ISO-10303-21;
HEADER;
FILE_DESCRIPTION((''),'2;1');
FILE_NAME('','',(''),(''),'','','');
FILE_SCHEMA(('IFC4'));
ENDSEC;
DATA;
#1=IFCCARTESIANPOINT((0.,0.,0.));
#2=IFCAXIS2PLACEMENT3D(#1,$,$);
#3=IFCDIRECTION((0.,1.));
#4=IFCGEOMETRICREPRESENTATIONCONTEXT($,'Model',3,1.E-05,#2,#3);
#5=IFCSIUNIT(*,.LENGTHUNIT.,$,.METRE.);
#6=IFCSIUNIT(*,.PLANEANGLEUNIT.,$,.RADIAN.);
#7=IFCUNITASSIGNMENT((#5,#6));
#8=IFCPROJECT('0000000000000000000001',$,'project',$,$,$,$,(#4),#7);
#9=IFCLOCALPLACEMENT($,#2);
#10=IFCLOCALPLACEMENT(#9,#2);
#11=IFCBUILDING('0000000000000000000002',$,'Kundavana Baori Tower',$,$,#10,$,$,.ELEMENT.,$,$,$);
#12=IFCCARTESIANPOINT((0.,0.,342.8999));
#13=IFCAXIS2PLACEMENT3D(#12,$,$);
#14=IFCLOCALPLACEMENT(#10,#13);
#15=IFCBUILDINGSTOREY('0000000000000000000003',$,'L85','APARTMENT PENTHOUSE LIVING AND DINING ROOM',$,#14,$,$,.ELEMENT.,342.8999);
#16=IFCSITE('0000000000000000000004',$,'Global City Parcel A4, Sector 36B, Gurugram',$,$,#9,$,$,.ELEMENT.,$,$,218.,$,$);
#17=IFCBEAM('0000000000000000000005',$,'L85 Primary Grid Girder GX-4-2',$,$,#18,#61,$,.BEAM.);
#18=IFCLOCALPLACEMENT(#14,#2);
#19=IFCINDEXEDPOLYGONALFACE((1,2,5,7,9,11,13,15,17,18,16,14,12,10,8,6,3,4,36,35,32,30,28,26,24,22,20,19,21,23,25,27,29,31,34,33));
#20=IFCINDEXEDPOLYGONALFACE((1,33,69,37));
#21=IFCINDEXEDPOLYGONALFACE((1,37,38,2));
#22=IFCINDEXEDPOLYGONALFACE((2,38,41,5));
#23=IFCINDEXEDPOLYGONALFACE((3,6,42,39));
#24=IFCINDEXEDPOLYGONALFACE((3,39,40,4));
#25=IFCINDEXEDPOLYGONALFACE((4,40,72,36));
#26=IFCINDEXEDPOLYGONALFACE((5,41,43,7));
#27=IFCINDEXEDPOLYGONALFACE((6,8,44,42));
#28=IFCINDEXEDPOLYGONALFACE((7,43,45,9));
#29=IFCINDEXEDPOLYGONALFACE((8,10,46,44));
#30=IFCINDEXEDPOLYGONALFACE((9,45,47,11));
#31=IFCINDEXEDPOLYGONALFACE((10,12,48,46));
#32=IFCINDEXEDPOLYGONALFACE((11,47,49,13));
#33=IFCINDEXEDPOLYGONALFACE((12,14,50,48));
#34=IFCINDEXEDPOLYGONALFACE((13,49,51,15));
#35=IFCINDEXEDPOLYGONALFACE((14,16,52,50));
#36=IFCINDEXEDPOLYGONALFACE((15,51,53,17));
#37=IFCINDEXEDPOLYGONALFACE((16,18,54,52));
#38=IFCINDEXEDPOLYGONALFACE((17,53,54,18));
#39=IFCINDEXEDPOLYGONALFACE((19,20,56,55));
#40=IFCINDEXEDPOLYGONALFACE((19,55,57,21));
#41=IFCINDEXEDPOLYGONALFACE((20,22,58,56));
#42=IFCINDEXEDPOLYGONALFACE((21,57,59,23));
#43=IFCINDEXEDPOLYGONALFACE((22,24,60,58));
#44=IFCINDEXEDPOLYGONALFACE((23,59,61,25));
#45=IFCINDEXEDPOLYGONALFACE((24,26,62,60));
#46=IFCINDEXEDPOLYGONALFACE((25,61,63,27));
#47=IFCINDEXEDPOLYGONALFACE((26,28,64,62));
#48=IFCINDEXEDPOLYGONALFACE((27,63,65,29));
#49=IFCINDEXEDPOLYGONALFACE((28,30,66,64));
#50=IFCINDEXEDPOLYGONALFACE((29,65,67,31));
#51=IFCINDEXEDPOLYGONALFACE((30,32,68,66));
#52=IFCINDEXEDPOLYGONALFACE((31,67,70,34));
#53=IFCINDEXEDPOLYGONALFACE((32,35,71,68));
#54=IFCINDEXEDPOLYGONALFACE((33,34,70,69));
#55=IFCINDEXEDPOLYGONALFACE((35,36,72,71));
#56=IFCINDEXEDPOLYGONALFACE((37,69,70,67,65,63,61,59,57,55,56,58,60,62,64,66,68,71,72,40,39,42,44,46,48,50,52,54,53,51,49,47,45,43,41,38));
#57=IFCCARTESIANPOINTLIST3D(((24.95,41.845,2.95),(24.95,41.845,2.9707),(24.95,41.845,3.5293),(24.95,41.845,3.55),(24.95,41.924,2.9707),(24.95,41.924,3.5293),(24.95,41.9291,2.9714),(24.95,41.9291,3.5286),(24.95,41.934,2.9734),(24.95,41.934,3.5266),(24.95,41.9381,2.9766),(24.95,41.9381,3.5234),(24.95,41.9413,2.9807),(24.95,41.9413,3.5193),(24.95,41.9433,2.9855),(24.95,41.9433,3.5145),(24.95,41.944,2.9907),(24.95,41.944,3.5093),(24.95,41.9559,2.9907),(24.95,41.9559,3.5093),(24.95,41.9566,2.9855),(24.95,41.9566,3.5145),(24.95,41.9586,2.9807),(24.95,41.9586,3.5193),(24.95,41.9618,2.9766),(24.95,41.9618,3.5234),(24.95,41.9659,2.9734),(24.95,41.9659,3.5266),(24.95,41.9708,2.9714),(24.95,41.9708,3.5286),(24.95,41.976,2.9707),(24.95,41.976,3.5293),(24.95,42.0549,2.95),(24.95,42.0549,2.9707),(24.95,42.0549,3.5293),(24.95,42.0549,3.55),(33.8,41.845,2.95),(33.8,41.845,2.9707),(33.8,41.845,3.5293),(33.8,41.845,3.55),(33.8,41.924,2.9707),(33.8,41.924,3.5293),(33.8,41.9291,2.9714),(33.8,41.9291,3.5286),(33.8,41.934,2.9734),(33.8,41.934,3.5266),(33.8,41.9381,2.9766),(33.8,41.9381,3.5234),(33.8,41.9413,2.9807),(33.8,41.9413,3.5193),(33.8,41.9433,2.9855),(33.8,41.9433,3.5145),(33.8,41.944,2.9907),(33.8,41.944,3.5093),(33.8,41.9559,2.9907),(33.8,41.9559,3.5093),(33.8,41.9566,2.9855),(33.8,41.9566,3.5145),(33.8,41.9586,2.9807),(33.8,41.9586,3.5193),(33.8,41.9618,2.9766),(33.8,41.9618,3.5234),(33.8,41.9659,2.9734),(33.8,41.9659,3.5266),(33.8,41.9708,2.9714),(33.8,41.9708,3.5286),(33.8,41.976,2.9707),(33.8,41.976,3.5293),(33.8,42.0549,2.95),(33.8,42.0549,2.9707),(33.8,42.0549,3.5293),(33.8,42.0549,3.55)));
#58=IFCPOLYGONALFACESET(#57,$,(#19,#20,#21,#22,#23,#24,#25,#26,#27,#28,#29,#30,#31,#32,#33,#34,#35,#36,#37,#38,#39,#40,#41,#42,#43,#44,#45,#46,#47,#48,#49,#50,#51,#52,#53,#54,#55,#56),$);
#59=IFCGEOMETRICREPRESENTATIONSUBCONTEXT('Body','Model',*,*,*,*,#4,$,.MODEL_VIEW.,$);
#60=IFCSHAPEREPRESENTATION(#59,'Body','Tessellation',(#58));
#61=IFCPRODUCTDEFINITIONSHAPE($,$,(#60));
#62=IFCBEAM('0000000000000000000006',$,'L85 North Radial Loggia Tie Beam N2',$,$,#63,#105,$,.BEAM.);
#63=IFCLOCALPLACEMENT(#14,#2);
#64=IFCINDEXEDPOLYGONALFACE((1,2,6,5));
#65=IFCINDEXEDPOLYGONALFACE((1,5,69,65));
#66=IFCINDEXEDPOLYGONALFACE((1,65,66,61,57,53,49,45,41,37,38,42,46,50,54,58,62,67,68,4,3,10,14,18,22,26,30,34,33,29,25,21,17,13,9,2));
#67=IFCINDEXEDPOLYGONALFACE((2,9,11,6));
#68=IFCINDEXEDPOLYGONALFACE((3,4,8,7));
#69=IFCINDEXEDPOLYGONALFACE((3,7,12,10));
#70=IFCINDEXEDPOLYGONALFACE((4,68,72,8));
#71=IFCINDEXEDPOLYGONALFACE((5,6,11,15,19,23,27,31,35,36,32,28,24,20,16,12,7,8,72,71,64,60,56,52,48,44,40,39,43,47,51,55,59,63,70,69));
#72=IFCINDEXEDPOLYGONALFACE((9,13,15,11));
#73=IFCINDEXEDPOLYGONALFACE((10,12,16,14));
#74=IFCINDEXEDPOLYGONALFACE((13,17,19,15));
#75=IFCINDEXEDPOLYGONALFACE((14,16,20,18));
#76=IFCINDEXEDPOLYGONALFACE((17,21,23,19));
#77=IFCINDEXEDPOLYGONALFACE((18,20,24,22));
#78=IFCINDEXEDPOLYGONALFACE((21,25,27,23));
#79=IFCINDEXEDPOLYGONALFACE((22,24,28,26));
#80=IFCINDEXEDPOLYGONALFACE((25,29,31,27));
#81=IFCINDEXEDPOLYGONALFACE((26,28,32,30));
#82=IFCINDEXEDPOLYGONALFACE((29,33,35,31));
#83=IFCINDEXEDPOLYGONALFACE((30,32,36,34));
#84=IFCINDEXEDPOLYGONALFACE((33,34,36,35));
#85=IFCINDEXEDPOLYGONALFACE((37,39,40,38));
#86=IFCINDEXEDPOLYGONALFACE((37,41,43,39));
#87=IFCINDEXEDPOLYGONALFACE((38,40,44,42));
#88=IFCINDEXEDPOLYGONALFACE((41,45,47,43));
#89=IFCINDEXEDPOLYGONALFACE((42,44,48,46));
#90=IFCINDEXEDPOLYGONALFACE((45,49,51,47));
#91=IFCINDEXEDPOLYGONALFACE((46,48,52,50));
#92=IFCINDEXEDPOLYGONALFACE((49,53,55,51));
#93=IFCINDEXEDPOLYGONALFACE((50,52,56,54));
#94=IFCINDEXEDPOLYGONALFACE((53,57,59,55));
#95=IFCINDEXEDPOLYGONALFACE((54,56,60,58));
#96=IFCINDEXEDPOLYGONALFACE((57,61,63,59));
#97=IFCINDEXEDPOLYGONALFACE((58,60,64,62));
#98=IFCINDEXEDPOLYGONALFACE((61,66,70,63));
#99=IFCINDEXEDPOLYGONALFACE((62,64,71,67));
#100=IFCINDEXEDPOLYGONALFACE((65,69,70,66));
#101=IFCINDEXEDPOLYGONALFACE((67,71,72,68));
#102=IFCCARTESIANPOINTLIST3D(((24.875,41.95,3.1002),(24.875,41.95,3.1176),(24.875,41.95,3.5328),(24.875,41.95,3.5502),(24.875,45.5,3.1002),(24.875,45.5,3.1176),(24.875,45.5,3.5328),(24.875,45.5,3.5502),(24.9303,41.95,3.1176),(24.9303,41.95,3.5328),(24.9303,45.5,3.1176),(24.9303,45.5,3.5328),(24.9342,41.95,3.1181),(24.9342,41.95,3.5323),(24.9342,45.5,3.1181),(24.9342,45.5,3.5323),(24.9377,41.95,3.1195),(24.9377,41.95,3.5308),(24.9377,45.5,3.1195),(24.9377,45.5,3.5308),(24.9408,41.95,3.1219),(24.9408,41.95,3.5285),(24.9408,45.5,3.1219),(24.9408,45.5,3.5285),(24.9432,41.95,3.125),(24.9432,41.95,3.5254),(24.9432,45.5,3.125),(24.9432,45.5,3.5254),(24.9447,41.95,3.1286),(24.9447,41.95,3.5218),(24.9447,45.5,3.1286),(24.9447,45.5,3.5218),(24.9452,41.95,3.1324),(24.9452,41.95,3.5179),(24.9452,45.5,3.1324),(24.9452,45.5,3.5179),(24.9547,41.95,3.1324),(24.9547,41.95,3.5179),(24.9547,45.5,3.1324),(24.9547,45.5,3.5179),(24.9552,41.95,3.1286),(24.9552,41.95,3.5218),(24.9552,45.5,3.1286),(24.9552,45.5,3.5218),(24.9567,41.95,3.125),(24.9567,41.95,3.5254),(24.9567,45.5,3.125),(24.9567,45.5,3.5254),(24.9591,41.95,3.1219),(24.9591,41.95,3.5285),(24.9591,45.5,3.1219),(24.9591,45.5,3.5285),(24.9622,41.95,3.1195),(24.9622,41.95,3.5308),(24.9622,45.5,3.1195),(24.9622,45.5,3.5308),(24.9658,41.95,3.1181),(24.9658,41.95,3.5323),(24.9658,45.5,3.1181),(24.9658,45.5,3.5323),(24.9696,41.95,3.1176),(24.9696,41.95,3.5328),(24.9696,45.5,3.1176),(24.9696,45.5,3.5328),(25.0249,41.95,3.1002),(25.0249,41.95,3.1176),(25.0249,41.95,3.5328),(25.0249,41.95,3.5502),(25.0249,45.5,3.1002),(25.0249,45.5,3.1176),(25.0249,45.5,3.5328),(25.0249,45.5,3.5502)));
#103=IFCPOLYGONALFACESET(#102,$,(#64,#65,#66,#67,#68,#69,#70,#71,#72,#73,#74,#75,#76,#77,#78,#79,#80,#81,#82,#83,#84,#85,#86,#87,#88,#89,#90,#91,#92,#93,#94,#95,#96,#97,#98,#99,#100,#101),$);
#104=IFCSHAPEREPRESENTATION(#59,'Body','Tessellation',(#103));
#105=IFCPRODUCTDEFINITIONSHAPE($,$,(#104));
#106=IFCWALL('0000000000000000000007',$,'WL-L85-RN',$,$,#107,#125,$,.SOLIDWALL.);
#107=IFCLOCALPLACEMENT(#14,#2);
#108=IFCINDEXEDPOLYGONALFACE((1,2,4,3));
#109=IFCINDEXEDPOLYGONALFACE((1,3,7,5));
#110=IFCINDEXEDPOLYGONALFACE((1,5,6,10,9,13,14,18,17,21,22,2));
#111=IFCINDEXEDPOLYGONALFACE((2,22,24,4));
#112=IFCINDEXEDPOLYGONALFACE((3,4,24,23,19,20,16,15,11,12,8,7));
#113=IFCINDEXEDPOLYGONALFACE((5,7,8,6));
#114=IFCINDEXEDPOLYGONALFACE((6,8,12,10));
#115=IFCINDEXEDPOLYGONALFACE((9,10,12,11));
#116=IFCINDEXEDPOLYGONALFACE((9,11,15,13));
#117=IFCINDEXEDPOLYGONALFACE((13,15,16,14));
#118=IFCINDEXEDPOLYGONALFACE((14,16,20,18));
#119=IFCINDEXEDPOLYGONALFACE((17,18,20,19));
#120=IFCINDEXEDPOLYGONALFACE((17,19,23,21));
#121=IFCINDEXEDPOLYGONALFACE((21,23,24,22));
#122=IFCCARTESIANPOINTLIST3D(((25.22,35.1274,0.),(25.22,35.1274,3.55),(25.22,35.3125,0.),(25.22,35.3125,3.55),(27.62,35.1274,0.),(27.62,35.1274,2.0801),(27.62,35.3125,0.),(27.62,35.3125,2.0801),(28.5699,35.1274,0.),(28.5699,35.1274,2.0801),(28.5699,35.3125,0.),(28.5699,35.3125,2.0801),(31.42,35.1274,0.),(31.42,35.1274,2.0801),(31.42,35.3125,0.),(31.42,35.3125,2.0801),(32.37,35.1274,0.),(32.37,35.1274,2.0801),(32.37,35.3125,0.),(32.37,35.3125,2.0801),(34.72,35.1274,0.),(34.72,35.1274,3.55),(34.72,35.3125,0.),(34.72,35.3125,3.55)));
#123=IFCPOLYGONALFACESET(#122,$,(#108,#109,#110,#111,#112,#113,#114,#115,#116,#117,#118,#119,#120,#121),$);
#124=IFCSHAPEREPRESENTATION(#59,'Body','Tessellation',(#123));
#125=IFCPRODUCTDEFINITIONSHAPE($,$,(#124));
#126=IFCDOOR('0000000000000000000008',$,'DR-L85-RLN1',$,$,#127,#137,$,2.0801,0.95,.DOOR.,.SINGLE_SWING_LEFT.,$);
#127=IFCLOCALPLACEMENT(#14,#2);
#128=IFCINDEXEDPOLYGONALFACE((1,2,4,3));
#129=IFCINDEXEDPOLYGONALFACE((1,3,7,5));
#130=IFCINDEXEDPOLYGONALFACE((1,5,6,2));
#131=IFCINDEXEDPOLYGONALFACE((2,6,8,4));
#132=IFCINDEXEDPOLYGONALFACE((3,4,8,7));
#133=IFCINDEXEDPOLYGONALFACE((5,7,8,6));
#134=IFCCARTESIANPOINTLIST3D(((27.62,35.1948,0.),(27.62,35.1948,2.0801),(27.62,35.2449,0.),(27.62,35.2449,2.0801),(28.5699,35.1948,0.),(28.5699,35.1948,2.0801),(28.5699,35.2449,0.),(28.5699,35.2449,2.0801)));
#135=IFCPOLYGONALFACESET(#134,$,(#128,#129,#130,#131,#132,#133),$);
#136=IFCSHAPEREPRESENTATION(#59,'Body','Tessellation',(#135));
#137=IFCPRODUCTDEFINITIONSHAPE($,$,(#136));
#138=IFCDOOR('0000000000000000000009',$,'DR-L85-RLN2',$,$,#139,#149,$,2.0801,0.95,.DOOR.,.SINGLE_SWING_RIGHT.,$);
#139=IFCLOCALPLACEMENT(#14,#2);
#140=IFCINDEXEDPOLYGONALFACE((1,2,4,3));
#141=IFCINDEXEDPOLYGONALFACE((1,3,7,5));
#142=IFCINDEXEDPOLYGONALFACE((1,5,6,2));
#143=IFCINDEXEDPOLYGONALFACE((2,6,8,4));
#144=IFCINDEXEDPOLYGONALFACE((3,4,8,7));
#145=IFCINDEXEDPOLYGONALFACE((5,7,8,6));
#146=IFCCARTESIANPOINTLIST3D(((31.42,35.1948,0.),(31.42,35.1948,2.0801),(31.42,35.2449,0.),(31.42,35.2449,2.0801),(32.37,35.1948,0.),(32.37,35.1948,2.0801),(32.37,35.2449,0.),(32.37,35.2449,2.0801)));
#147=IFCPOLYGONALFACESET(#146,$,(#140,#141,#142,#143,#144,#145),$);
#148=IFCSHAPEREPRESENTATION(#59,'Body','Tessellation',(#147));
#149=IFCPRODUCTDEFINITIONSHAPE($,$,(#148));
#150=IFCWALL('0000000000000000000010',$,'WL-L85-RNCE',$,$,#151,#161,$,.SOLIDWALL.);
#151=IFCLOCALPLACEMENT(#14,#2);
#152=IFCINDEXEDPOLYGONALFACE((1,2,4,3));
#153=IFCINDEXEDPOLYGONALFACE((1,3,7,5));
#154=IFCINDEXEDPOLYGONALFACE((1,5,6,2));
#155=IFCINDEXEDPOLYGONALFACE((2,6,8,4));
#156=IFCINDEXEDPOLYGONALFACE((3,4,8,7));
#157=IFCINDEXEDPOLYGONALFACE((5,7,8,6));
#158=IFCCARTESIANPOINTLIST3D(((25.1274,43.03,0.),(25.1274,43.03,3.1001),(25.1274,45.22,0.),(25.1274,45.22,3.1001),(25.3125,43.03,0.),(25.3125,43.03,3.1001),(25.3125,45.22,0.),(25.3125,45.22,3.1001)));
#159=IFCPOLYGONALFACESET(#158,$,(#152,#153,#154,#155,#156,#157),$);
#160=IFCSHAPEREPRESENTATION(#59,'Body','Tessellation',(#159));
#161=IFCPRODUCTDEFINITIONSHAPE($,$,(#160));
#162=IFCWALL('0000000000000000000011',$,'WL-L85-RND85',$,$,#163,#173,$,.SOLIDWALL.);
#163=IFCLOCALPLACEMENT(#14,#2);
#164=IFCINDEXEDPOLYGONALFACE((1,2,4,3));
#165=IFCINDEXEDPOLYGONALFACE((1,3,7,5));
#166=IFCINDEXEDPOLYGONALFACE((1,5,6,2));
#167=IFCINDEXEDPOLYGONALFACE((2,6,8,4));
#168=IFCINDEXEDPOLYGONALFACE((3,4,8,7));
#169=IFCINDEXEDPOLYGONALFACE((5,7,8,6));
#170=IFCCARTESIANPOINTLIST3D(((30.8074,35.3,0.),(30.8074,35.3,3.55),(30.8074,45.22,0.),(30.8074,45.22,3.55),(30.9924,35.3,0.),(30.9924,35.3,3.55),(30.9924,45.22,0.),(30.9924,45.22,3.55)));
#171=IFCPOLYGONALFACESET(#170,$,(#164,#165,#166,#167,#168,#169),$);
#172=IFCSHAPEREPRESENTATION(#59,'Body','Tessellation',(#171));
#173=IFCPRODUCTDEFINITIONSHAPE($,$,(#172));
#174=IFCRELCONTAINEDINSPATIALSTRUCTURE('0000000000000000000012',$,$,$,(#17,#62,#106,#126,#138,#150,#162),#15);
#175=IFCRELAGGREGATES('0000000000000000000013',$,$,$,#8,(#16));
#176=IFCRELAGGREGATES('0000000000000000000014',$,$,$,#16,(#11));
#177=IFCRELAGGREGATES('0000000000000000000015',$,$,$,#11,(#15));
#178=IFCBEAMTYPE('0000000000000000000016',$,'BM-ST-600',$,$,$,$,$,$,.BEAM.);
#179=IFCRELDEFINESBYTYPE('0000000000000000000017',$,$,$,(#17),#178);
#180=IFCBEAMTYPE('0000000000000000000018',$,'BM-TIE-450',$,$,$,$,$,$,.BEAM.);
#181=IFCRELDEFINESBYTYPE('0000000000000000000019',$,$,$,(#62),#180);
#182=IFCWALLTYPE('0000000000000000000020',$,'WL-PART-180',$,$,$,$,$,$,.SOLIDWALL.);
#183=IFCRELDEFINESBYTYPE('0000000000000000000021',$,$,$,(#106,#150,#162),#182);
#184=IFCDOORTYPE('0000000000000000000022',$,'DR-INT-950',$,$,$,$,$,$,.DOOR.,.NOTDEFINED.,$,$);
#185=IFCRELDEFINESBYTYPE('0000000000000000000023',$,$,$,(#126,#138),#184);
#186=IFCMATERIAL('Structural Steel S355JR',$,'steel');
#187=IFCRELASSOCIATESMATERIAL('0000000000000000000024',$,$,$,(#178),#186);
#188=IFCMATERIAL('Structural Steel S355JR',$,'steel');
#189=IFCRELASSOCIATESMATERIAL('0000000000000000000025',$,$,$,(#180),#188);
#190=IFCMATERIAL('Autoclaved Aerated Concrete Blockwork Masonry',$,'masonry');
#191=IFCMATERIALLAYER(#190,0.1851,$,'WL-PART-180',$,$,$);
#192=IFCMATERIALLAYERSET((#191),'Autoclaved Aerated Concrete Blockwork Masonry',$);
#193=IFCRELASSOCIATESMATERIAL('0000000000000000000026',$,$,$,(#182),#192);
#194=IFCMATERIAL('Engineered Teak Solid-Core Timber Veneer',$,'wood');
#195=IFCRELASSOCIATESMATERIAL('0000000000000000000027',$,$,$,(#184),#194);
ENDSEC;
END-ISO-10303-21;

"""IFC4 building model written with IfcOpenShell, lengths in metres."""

from ifc_helpers import new_model, si_unit, direction, frame, frame_2d, origin, origin_2d, place, context, subcontext, project, spatial, rectangle, i_section, extrude, material, layer, layer_set, material_profile, profile_set, type_object, element, fill, save


model = new_model("IFC4")

# Units and contexts
model_context = context("Model", 3, precision=1e-05, world=origin(), true_north=direction((0.0, 1.0)))
body_context = subcontext(model_context, "Body", "Model", "MODEL_VIEW")
ifc_project = project(units=[si_unit("LENGTHUNIT", "METRE"), si_unit("PLANEANGLEUNIT", "RADIAN")], contexts=[model_context])

# Site, building, storey
site_placement = place(None, origin())
site = spatial("IfcSite", under=ifc_project, at=site_placement, Name="Global City Parcel A4, Sector 36B, Gurugram", CompositionType="ELEMENT", RefElevation=218.0)
building_placement = place(site_placement, origin())
building = spatial("IfcBuilding", under=site, at=building_placement, Name="Kundavana Baori Tower", CompositionType="ELEMENT")
storey_placement = place(building_placement, frame((0.0, 0.0, 342.8999)))
storey = spatial("IfcBuildingStorey", under=building, at=storey_placement, Name="L85", Description="APARTMENT PENTHOUSE LIVING AND DINING ROOM", CompositionType="ELEMENT", Elevation=342.8999)

# Beams
ifc_material_1 = material(Name="Structural Steel S355JR", Category="steel")
ifc_material_profile_1 = material_profile(ifc_material_1, i_section(OverallWidth=0.21, OverallDepth=0.6001, WebThickness=0.012, FlangeThickness=0.0208, FilletRadius=0.02, at=origin_2d()), Name="ISMB 600")
ifc_profile_set_1 = profile_set([ifc_material_profile_1], Name="Structural Steel S355JR")
beam_type_1 = type_object("IfcBeamType", Name="BM-ST-600", PredefinedType="BEAM", material=ifc_profile_set_1)
beam_1_placement = place(storey_placement, frame((24.95, 41.95, 3.25), z_axis=(1.0, 0.0, 0.0), x_axis=(0.0, 1.0, 0.0)))
element("IfcBeam", 1, at=beam_1_placement, inside=storey, type_object=beam_type_1, Name="L85 Primary Grid Girder GX-4-2", PredefinedType="BEAM", context=body_context, shape_type="SweptSolid", body=[
    extrude(i_section(OverallWidth=0.21, OverallDepth=0.6001, WebThickness=0.012, FlangeThickness=0.0208, FilletRadius=0.02, at=origin_2d()), origin(), (0.0, 0.0, 1.0), 8.8501),
])
ifc_material_2 = material(Name="Structural Steel S355JR", Category="steel")
ifc_material_profile_2 = material_profile(ifc_material_2, i_section(OverallWidth=0.1499, OverallDepth=0.45, WebThickness=0.0095, FlangeThickness=0.0173, FilletRadius=0.0149, at=origin_2d()), Name="ISMB 450")
ifc_profile_set_2 = profile_set([ifc_material_profile_2], Name="Structural Steel S355JR")
beam_type_2 = type_object("IfcBeamType", Name="BM-TIE-450", PredefinedType="BEAM", material=ifc_profile_set_2)
beam_2_placement = place(storey_placement, frame((24.95, 41.95, 3.3252), z_axis=(0.0, 1.0, 0.0), x_axis=(-1.0, 0.0, 0.0)))
element("IfcBeam", 2, at=beam_2_placement, inside=storey, type_object=beam_type_2, Name="L85 North Radial Loggia Tie Beam N2", PredefinedType="BEAM", context=body_context, shape_type="SweptSolid", body=[
    extrude(i_section(OverallWidth=0.1499, OverallDepth=0.45, WebThickness=0.0095, FlangeThickness=0.0173, FilletRadius=0.0149, at=origin_2d()), origin(), (0.0, 0.0, 1.0), 3.55),
])

# Wall, openings, doors
ifc_material_3 = material(Name="Autoclaved Aerated Concrete Blockwork Masonry", Category="masonry")
ifc_layer = layer(ifc_material_3, 0.1851, Name="WL-PART-180")
ifc_layer_set = layer_set([ifc_layer], Name="Autoclaved Aerated Concrete Blockwork Masonry")
wall_type = type_object("IfcWallType", Name="WL-PART-180", PredefinedType="SOLIDWALL", material=ifc_layer_set)
wall_1_placement = place(storey_placement, frame((25.22, 35.22, 0.0), z_axis=(0.0, 0.0, 1.0), x_axis=(1.0, 0.0, 0.0)))
wall_1 = element("IfcWall", 3, at=wall_1_placement, inside=storey, type_object=wall_type, Name="WL-L85-RN", PredefinedType="SOLIDWALL", context=body_context, shape_type="SweptSolid", body=[
    extrude(rectangle(XDim=9.5, YDim=0.1851, at=frame_2d((4.75, 0.0))), origin(), (0.0, 0.0, 1.0), 3.55),
])
opening_1_placement = place(wall_1_placement, frame((2.3999, 0.0, 0.0)))
opening_1 = element("IfcOpeningElement", 4, at=opening_1_placement, cuts=wall_1, PredefinedType="OPENING", context=body_context, shape_type="SweptSolid", body=[
    extrude(rectangle(XDim=0.95, YDim=2.0801, at=frame_2d((0.4751, 1.04))), frame((0.0, 0.1025, 0.0), z_axis=(0.0, -1.0, 0.0), x_axis=(1.0, 0.0, 0.0)), (0.0, 0.0, 1.0), 0.2051),
])
opening_2_placement = place(wall_1_placement, frame((6.2, 0.0, 0.0)))
opening_2 = element("IfcOpeningElement", 5, at=opening_2_placement, cuts=wall_1, PredefinedType="OPENING", context=body_context, shape_type="SweptSolid", body=[
    extrude(rectangle(XDim=0.95, YDim=2.0801, at=frame_2d((0.4751, 1.04))), frame((0.0, 0.1025, 0.0), z_axis=(0.0, -1.0, 0.0), x_axis=(1.0, 0.0, 0.0)), (0.0, 0.0, 1.0), 0.2051),
])
ifc_material_4 = material(Name="Engineered Teak Solid-Core Timber Veneer", Category="wood")
door_type_1 = type_object("IfcDoorType", Name="DR-INT-950", OperationType="NOTDEFINED", PredefinedType="DOOR", material=ifc_material_4)
door_1_placement = place(opening_1_placement, origin())
door_1 = element("IfcDoor", 6, at=door_1_placement, inside=storey, type_object=door_type_1, Name="DR-L85-RLN1", OperationType="SINGLE_SWING_LEFT", OverallHeight=2.0801, OverallWidth=0.95, PredefinedType="DOOR", context=body_context, shape_type="SweptSolid", body=[
    extrude(rectangle(XDim=0.95, YDim=2.0801, at=frame_2d((0.4751, 1.04))), frame((0.0, 0.0249, 0.0), z_axis=(0.0, -1.0, 0.0), x_axis=(1.0, 0.0, 0.0)), (0.0, 0.0, 1.0), 0.05),
])
fill(opening_1, door_1)
door_2_placement = place(opening_2_placement, origin())
door_2 = element("IfcDoor", 7, at=door_2_placement, inside=storey, type_object=door_type_1, Name="DR-L85-RLN2", OperationType="SINGLE_SWING_RIGHT", OverallHeight=2.0801, OverallWidth=0.95, PredefinedType="DOOR", context=body_context, shape_type="SweptSolid", body=[
    extrude(rectangle(XDim=0.95, YDim=2.0801, at=frame_2d((0.4751, 1.04))), frame((0.0, 0.0249, 0.0), z_axis=(0.0, -1.0, 0.0), x_axis=(1.0, 0.0, 0.0)), (0.0, 0.0, 1.0), 0.05),
])
fill(opening_2, door_2)

# Walls
wall_2_placement = place(storey_placement, frame((25.22, 43.03, 0.0), z_axis=(0.0, 0.0, 1.0), x_axis=(0.0, 1.0, 0.0)))
element("IfcWall", 8, at=wall_2_placement, inside=storey, type_object=wall_type, Name="WL-L85-RNCE", PredefinedType="SOLIDWALL", context=body_context, shape_type="SweptSolid", body=[
    extrude(rectangle(XDim=2.1899, YDim=0.1851, at=frame_2d((1.095, 0.0))), origin(), (0.0, 0.0, 1.0), 3.1001),
])
wall_3_placement = place(storey_placement, frame((30.8999, 35.3, 0.0), z_axis=(0.0, 0.0, 1.0), x_axis=(0.0, 1.0, 0.0)))
element("IfcWall", 9, at=wall_3_placement, inside=storey, type_object=wall_type, Name="WL-L85-RND85", PredefinedType="SOLIDWALL", context=body_context, shape_type="SweptSolid", body=[
    extrude(rectangle(XDim=9.9199, YDim=0.1851, at=frame_2d((4.96, 0.0))), origin(), (0.0, 0.0, 1.0), 3.55),
])

save(model, "model.ifc")
